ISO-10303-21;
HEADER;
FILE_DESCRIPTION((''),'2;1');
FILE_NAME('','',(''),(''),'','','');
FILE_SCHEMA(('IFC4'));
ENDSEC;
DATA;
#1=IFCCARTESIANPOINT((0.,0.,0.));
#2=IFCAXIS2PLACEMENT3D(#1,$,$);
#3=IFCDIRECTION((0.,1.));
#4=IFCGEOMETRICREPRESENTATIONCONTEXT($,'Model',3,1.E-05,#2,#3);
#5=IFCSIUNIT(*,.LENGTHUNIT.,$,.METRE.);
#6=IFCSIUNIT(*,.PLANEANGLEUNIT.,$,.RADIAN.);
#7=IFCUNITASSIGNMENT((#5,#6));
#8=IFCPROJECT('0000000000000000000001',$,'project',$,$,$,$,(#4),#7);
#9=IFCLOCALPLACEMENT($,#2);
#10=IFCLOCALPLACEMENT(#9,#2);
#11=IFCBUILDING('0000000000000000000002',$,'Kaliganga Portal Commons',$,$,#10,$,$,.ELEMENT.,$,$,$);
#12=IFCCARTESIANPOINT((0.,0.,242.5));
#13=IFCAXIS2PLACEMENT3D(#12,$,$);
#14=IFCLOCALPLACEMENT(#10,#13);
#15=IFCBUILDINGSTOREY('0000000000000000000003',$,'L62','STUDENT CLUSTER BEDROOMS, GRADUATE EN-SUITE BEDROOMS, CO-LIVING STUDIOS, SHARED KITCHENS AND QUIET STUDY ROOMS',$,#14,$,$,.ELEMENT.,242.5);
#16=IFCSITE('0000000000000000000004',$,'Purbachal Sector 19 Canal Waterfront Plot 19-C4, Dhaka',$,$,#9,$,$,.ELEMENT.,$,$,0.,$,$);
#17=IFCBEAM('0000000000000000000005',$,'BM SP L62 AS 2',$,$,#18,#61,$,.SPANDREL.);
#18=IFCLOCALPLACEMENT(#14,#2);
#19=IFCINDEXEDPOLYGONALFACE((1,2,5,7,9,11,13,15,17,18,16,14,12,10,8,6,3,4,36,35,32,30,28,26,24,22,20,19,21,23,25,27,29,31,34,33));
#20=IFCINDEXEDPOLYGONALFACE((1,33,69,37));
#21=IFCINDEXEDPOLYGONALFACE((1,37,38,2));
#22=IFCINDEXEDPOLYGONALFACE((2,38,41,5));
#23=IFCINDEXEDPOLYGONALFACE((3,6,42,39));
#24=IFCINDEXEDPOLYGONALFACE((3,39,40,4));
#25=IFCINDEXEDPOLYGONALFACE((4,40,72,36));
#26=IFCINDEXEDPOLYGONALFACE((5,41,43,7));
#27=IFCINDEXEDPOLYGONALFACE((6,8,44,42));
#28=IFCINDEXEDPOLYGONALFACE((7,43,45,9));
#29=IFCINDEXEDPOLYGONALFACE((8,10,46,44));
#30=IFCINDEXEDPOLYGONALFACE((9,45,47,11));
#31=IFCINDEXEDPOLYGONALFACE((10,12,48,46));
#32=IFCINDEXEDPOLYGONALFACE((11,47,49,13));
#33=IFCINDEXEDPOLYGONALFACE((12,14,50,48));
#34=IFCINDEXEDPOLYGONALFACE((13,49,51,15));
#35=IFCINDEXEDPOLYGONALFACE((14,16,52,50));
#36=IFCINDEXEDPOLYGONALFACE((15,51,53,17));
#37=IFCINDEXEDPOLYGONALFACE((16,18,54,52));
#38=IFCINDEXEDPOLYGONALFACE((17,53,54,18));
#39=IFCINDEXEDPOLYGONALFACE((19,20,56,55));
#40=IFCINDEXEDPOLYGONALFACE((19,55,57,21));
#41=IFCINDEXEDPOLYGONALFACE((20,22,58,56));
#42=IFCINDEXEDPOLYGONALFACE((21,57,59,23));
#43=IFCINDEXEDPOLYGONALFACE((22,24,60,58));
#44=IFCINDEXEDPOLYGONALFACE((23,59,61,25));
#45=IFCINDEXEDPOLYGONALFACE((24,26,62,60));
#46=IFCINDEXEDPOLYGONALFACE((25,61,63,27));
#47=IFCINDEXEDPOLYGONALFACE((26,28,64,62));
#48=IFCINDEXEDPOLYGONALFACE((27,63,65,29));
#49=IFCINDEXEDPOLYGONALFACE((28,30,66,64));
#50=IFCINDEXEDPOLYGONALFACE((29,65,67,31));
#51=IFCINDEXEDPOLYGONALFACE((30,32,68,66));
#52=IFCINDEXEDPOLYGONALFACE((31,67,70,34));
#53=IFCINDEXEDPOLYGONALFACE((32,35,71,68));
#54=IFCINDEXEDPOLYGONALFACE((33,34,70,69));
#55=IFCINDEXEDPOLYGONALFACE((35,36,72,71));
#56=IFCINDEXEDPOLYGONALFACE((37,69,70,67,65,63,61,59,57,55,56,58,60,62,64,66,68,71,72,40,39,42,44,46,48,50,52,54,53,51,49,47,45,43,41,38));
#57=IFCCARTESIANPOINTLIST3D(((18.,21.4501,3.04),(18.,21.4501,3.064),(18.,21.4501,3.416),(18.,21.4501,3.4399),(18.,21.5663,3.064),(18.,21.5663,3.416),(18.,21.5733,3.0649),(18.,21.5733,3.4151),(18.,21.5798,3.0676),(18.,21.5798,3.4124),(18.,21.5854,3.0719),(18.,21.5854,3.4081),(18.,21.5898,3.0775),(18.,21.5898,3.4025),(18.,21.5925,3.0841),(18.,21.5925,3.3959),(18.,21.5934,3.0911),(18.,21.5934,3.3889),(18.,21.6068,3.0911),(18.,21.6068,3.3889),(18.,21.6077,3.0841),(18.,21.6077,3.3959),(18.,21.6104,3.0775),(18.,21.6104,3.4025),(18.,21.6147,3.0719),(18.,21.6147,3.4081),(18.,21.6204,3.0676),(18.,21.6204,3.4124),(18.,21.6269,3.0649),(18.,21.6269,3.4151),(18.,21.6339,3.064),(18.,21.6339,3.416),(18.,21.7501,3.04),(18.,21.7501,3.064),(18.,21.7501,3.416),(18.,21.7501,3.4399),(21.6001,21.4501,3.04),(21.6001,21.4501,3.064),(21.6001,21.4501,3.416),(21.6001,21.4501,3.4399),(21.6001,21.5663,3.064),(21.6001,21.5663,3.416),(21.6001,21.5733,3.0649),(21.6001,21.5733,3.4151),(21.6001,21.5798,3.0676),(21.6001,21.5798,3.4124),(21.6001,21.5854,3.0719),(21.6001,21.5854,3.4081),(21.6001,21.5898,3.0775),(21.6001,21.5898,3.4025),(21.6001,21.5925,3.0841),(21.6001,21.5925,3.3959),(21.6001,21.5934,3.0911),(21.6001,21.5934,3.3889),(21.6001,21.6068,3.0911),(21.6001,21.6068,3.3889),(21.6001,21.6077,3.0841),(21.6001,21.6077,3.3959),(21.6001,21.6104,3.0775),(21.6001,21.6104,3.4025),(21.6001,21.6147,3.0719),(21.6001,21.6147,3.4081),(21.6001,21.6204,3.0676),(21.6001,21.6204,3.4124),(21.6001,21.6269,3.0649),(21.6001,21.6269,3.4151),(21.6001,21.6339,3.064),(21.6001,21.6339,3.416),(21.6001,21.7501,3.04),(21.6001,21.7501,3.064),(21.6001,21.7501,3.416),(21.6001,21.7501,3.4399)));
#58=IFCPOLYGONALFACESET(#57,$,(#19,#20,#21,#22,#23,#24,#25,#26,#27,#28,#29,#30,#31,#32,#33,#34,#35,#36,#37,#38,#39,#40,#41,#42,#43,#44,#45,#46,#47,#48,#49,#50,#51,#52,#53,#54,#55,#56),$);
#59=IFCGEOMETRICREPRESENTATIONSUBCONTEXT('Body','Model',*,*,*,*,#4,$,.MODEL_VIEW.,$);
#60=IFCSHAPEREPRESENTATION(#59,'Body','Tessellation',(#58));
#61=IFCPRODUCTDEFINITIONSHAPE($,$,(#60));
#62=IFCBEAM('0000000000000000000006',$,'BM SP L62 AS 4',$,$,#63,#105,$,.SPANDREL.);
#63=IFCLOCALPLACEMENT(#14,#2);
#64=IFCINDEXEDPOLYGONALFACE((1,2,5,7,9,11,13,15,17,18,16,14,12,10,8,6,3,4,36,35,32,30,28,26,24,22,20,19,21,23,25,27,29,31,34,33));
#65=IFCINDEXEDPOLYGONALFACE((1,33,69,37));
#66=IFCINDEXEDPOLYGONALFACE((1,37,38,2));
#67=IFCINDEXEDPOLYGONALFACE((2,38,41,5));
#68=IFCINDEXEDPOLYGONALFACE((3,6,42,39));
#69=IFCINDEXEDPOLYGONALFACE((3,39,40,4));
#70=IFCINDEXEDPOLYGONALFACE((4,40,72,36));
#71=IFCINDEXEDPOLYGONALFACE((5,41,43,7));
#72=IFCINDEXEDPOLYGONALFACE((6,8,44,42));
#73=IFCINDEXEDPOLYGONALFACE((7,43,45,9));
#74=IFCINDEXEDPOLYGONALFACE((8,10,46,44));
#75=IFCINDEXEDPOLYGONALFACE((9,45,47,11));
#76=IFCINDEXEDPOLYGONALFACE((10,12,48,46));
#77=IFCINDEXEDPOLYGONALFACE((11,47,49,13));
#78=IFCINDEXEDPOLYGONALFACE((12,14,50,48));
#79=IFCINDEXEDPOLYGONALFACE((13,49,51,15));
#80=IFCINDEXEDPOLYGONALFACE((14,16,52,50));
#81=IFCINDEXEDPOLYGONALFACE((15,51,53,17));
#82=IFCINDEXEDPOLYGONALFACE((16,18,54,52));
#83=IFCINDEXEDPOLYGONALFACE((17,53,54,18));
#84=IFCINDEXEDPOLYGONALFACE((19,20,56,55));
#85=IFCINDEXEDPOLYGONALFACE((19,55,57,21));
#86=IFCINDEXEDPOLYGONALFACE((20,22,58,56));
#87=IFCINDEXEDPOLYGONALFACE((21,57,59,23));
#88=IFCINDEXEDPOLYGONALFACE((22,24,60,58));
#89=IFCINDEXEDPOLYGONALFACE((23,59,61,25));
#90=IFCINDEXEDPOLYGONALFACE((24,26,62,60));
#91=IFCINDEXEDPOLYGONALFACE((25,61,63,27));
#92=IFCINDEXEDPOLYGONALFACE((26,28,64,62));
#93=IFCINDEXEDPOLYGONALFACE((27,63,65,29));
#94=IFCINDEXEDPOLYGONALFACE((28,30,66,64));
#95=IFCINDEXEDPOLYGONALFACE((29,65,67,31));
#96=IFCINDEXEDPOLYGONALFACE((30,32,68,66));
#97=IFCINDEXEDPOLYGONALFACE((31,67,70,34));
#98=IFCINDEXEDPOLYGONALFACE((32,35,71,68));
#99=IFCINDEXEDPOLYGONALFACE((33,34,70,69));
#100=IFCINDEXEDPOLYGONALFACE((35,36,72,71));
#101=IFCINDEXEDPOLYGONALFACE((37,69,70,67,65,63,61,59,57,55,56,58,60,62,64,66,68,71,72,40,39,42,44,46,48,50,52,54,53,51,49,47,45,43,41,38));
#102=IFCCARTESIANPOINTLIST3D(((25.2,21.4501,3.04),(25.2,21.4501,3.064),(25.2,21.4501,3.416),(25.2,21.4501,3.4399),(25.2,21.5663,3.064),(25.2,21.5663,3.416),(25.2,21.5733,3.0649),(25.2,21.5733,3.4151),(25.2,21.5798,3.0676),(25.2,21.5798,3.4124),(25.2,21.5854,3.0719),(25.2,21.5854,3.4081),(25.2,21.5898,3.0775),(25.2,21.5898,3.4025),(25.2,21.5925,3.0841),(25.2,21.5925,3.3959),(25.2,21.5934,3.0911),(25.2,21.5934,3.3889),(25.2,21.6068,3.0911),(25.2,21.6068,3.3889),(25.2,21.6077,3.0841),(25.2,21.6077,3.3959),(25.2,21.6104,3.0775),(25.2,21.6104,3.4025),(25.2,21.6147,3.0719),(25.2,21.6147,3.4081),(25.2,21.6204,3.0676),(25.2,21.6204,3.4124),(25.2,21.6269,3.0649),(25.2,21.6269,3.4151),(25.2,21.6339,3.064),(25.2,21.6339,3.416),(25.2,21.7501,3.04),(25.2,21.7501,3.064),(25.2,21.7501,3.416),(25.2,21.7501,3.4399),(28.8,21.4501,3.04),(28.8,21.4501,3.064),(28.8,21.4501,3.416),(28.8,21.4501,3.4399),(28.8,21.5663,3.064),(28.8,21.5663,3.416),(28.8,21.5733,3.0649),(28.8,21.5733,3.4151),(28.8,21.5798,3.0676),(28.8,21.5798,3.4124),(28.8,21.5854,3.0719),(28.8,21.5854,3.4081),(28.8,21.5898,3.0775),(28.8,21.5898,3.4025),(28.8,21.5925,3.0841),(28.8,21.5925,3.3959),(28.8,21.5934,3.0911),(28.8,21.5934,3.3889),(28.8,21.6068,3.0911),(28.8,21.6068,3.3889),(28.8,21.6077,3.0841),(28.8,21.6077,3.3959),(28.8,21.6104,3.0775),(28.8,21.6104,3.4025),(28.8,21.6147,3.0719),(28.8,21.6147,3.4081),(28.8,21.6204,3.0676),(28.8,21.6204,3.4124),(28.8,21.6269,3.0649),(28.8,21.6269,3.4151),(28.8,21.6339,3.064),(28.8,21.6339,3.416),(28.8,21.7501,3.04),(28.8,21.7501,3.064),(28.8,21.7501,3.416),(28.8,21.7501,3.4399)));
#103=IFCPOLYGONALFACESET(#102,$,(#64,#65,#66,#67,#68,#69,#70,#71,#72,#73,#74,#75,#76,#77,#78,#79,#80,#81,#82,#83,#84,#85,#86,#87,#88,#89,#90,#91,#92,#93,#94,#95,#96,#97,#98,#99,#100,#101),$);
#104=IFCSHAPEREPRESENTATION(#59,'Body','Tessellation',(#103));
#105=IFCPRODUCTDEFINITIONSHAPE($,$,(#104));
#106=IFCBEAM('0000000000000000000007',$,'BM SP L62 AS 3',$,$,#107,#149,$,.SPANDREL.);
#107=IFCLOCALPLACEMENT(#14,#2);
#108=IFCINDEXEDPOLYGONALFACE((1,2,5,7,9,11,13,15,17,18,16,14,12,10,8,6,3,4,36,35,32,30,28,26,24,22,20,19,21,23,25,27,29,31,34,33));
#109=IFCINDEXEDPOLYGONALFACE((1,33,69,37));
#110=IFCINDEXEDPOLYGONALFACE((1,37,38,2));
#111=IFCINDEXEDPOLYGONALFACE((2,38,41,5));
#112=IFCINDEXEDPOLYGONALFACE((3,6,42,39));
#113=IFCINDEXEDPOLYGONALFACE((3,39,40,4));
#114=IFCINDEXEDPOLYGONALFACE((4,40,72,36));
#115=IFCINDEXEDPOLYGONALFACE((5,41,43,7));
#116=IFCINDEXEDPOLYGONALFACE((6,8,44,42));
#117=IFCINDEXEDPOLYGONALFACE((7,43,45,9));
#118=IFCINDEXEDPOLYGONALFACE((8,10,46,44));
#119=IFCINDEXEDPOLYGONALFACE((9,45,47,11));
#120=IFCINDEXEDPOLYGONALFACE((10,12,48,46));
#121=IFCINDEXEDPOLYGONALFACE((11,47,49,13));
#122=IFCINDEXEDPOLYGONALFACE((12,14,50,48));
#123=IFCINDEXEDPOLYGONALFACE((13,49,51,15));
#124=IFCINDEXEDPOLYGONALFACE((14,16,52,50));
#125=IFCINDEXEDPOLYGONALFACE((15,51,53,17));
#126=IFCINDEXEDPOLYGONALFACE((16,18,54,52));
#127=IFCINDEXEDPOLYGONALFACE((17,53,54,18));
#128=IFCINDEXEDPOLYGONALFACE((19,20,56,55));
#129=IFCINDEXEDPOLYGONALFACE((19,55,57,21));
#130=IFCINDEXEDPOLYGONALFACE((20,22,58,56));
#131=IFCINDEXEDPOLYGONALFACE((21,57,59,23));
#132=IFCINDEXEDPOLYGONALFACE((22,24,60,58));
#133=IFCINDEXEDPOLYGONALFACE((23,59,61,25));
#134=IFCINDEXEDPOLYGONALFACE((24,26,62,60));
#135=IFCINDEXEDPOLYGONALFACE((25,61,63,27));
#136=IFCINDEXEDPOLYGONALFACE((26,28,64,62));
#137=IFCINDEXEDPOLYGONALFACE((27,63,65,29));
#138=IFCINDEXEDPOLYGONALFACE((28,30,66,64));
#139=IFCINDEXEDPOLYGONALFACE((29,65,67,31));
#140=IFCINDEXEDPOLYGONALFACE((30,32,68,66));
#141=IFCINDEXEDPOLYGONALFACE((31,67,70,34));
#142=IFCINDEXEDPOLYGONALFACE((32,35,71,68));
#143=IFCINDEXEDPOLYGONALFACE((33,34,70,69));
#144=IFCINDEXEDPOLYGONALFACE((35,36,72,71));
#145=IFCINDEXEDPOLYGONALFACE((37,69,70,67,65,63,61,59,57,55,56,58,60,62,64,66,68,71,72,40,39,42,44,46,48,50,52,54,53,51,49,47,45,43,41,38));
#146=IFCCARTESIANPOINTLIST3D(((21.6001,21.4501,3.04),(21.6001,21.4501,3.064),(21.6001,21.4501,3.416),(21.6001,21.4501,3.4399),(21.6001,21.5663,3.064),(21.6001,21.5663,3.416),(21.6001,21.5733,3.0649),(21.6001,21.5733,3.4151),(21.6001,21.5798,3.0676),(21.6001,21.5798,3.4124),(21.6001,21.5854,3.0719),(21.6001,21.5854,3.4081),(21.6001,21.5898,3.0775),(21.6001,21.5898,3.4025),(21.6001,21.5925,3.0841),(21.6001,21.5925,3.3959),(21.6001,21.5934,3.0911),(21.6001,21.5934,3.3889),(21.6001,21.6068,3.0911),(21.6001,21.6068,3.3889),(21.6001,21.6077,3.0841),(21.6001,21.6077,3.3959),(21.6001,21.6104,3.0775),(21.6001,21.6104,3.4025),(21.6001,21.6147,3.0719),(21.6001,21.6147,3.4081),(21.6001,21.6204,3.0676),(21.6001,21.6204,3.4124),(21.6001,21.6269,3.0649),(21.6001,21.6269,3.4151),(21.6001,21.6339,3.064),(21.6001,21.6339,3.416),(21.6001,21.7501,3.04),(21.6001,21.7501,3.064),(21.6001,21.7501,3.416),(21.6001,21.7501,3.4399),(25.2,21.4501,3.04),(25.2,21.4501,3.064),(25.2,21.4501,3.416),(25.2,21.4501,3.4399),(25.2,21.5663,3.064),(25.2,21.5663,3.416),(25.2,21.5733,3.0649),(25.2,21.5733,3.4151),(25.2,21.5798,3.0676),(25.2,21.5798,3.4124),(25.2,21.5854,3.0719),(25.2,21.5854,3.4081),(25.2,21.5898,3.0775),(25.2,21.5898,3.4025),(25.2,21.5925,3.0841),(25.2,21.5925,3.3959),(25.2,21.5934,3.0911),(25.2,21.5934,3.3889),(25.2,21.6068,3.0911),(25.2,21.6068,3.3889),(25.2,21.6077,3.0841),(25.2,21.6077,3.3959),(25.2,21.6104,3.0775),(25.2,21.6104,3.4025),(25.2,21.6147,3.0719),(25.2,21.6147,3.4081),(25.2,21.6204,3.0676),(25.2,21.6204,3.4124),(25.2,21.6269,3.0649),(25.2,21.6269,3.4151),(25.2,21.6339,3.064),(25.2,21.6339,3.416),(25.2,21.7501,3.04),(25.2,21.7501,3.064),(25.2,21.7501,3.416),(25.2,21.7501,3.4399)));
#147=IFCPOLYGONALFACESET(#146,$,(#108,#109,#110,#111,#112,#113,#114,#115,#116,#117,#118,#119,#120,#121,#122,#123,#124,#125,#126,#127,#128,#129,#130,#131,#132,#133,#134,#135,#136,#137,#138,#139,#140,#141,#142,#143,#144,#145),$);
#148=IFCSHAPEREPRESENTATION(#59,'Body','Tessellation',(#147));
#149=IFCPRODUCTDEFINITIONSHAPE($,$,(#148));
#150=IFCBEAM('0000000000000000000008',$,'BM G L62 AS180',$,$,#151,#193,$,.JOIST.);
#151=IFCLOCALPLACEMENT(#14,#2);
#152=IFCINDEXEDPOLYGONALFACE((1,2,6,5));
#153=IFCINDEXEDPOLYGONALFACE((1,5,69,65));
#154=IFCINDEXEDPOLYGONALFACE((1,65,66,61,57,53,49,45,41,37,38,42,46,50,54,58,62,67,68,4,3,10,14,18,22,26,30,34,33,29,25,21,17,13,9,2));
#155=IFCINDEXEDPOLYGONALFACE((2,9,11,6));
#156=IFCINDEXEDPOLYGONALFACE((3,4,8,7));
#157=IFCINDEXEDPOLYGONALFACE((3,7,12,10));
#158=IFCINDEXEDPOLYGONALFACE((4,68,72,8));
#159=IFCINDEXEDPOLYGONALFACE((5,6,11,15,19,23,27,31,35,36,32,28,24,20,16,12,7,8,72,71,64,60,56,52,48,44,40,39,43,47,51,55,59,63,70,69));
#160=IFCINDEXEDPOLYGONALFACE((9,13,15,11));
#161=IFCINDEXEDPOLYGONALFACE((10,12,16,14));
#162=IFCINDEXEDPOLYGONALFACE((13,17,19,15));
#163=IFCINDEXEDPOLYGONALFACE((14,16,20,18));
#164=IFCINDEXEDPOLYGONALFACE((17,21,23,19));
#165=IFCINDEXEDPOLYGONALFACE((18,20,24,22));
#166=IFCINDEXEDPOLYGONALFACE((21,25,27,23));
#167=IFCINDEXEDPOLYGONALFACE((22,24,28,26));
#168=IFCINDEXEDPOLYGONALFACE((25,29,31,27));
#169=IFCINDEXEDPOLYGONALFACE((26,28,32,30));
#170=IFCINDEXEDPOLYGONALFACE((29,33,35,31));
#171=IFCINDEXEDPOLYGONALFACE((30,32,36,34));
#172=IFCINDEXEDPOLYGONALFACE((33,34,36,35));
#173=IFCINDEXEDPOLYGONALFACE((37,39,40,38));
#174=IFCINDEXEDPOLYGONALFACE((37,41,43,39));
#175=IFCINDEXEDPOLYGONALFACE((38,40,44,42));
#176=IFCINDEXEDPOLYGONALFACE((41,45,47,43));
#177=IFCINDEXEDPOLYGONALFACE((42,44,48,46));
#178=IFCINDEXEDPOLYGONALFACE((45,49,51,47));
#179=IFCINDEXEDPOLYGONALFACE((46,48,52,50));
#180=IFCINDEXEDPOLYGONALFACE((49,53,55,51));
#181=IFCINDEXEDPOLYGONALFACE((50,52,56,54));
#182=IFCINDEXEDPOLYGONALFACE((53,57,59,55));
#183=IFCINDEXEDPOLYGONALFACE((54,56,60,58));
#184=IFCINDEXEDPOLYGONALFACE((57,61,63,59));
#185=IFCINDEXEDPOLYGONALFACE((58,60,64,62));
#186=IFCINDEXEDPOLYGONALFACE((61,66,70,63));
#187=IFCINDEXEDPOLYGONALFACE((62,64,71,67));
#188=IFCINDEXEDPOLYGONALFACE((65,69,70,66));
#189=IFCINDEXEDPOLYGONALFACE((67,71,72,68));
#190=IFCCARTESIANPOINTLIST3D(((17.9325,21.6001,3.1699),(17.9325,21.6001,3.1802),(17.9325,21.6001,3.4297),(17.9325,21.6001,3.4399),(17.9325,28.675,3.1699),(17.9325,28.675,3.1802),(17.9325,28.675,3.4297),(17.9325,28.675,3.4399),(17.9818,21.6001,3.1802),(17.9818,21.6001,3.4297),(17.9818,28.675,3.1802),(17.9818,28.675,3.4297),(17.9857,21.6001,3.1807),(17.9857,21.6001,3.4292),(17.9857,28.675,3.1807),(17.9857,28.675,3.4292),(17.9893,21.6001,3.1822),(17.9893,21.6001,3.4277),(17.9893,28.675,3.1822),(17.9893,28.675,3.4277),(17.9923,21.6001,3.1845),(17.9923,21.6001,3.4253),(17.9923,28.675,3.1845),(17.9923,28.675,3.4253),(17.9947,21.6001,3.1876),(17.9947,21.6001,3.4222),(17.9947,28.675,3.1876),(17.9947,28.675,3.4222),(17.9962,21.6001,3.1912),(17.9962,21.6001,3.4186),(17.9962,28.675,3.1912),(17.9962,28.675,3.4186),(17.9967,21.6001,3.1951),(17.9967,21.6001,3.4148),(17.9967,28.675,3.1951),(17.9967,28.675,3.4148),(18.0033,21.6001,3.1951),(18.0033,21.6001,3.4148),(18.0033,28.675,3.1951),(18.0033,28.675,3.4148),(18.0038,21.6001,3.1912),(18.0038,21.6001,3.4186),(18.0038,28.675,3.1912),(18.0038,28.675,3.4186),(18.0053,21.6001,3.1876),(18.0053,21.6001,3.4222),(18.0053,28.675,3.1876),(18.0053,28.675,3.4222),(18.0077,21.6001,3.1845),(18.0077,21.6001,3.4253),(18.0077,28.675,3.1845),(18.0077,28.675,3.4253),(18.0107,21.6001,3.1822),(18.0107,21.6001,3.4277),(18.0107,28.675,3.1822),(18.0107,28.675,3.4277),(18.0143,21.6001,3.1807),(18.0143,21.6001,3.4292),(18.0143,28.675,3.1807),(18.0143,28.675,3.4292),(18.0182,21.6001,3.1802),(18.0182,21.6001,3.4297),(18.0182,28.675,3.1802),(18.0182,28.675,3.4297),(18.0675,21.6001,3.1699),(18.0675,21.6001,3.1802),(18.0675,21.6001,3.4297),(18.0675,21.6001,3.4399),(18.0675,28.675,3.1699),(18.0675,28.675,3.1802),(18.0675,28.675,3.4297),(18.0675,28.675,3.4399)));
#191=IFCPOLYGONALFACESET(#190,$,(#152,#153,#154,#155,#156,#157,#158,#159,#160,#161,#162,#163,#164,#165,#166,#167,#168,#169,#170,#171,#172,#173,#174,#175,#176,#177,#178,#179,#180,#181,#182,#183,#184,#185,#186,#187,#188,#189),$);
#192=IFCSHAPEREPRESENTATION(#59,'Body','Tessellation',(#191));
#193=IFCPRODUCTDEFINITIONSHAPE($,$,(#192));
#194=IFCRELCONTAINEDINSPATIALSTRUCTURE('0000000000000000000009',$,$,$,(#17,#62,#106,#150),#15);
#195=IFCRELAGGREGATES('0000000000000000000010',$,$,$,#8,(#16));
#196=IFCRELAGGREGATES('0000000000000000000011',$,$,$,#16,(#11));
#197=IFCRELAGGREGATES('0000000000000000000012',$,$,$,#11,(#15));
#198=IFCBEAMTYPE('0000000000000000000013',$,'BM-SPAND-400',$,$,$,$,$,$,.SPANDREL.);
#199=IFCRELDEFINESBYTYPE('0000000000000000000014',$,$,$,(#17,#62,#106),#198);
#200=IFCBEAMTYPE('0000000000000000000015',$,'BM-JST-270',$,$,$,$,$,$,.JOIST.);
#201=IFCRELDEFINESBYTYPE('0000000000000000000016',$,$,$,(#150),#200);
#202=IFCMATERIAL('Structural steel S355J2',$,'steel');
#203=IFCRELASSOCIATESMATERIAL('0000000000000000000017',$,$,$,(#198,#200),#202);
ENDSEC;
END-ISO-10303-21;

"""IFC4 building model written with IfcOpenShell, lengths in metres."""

from ifc_helpers import new_model, si_unit, direction, frame, origin, origin_2d, place, context, subcontext, project, spatial, i_section, extrude, source, transform, mapped, material, material_profile, profile_set, type_object, element, save


model = new_model("IFC4")

# Units and contexts
model_context = context("Model", 3, precision=1e-05, world=origin(), true_north=direction((0.0, 1.0)))
body_context = subcontext(model_context, "Body", "Model", "MODEL_VIEW")
ifc_project = project(units=[si_unit("LENGTHUNIT", "METRE"), si_unit("PLANEANGLEUNIT", "RADIAN")], contexts=[model_context])

# Site, building, storey
site_placement = place(None, origin())
site = spatial("IfcSite", under=ifc_project, at=site_placement, Name="Purbachal Sector 19 Canal Waterfront Plot 19-C4, Dhaka", CompositionType="ELEMENT", RefElevation=0.0)
building_placement = place(site_placement, origin())
building = spatial("IfcBuilding", under=site, at=building_placement, Name="Kaliganga Portal Commons", CompositionType="ELEMENT")
storey_placement = place(building_placement, frame((0.0, 0.0, 242.5)))
storey = spatial("IfcBuildingStorey", under=building, at=storey_placement, Name="L62", Description="STUDENT CLUSTER BEDROOMS, GRADUATE EN-SUITE BEDROOMS, CO-LIVING STUDIOS, SHARED KITCHENS AND QUIET STUDY ROOMS", CompositionType="ELEMENT", Elevation=242.5)

# Shared definitions
ifc_material_1 = material(Name="Structural steel S355J2", Category="steel")

# Beams
ifc_material_profile_1 = material_profile(ifc_material_1, i_section(OverallWidth=0.3, OverallDepth=0.3999, WebThickness=0.0134, FlangeThickness=0.0239, FilletRadius=0.0271, at=origin_2d()), Name="HE 400 B")
ifc_profile_set_1 = profile_set([ifc_material_profile_1], Name="Structural steel S355J2 wide-flange")
beam_type_1 = type_object("IfcBeamType", Name="BM-SPAND-400", PredefinedType="SPANDREL", material=ifc_profile_set_1)
shared_shape_1 = source(origin(), body_context, "Body", "SweptSolid", [
    extrude(i_section(OverallWidth=0.3, OverallDepth=0.3999, WebThickness=0.0134, FlangeThickness=0.0239, FilletRadius=0.0271, at=origin_2d()), origin(), (0.0, 0.0, 1.0), 3.6001),
])
for number, where, z_axis, x_axis, name in (
    (1, (18.0, 21.6001, 3.24), (1.0, 0.0, 0.0), (0.0, 1.0, 0.0), "BM SP L62 AS 2"),
    (2, (25.2, 21.6001, 3.24), (1.0, 0.0, 0.0), (0.0, 1.0, 0.0), "BM SP L62 AS 4"),
):
    element("IfcBeam", number, at=place(storey_placement, frame(where, z_axis=z_axis, x_axis=x_axis)), inside=storey, type_object=beam_type_1, Name=name, PredefinedType="SPANDREL", context=body_context, shape_type="MappedRepresentation", body=[
        mapped(shared_shape_1, transform((0.0, 0.0, 0.0), x_axis=(1.0, 0.0, 0.0), y_axis=(0.0, 1.0, 0.0), z_axis=(0.0, 0.0, 1.0), scale=1.0)),
    ])
shared_shape_2 = source(origin(), body_context, "Body", "SweptSolid", [
    extrude(i_section(OverallWidth=0.3, OverallDepth=0.3999, WebThickness=0.0134, FlangeThickness=0.0239, FilletRadius=0.0271, at=origin_2d()), origin(), (0.0, 0.0, 1.0), 3.5999),
])
beam_1_placement = place(storey_placement, frame((21.6001, 21.6001, 3.24), z_axis=(1.0, 0.0, 0.0), x_axis=(0.0, 1.0, 0.0)))
element("IfcBeam", 3, at=beam_1_placement, inside=storey, type_object=beam_type_1, Name="BM SP L62 AS 3", PredefinedType="SPANDREL", context=body_context, shape_type="MappedRepresentation", body=[
    mapped(shared_shape_2, transform((0.0, 0.0, 0.0), x_axis=(1.0, 0.0, 0.0), y_axis=(0.0, 1.0, 0.0), z_axis=(0.0, 0.0, 1.0), scale=1.0)),
])
ifc_material_profile_2 = material_profile(ifc_material_1, i_section(OverallWidth=0.135, OverallDepth=0.27, WebThickness=0.0066, FlangeThickness=0.0103, FilletRadius=0.0149, at=origin_2d()), Name="IPE 270")
ifc_profile_set_2 = profile_set([ifc_material_profile_2], Name="Structural steel S355J2 wide-flange")
beam_type_2 = type_object("IfcBeamType", Name="BM-JST-270", PredefinedType="JOIST", material=ifc_profile_set_2)
shared_shape_3 = source(origin(), body_context, "Body", "SweptSolid", [
    extrude(i_section(OverallWidth=0.135, OverallDepth=0.27, WebThickness=0.0066, FlangeThickness=0.0103, FilletRadius=0.0149, at=origin_2d()), origin(), (0.0, 0.0, 1.0), 7.075),
])
beam_2_placement = place(storey_placement, frame((18.0, 21.6001, 3.3049), z_axis=(0.0, 1.0, 0.0), x_axis=(-1.0, 0.0, 0.0)))
element("IfcBeam", 4, at=beam_2_placement, inside=storey, type_object=beam_type_2, Name="BM G L62 AS180", PredefinedType="JOIST", context=body_context, shape_type="MappedRepresentation", body=[
    mapped(shared_shape_3, transform((0.0, 0.0, 0.0), x_axis=(1.0, 0.0, 0.0), y_axis=(0.0, 1.0, 0.0), z_axis=(0.0, 0.0, 1.0), scale=1.0)),
])

save(model, "model.ifc")
